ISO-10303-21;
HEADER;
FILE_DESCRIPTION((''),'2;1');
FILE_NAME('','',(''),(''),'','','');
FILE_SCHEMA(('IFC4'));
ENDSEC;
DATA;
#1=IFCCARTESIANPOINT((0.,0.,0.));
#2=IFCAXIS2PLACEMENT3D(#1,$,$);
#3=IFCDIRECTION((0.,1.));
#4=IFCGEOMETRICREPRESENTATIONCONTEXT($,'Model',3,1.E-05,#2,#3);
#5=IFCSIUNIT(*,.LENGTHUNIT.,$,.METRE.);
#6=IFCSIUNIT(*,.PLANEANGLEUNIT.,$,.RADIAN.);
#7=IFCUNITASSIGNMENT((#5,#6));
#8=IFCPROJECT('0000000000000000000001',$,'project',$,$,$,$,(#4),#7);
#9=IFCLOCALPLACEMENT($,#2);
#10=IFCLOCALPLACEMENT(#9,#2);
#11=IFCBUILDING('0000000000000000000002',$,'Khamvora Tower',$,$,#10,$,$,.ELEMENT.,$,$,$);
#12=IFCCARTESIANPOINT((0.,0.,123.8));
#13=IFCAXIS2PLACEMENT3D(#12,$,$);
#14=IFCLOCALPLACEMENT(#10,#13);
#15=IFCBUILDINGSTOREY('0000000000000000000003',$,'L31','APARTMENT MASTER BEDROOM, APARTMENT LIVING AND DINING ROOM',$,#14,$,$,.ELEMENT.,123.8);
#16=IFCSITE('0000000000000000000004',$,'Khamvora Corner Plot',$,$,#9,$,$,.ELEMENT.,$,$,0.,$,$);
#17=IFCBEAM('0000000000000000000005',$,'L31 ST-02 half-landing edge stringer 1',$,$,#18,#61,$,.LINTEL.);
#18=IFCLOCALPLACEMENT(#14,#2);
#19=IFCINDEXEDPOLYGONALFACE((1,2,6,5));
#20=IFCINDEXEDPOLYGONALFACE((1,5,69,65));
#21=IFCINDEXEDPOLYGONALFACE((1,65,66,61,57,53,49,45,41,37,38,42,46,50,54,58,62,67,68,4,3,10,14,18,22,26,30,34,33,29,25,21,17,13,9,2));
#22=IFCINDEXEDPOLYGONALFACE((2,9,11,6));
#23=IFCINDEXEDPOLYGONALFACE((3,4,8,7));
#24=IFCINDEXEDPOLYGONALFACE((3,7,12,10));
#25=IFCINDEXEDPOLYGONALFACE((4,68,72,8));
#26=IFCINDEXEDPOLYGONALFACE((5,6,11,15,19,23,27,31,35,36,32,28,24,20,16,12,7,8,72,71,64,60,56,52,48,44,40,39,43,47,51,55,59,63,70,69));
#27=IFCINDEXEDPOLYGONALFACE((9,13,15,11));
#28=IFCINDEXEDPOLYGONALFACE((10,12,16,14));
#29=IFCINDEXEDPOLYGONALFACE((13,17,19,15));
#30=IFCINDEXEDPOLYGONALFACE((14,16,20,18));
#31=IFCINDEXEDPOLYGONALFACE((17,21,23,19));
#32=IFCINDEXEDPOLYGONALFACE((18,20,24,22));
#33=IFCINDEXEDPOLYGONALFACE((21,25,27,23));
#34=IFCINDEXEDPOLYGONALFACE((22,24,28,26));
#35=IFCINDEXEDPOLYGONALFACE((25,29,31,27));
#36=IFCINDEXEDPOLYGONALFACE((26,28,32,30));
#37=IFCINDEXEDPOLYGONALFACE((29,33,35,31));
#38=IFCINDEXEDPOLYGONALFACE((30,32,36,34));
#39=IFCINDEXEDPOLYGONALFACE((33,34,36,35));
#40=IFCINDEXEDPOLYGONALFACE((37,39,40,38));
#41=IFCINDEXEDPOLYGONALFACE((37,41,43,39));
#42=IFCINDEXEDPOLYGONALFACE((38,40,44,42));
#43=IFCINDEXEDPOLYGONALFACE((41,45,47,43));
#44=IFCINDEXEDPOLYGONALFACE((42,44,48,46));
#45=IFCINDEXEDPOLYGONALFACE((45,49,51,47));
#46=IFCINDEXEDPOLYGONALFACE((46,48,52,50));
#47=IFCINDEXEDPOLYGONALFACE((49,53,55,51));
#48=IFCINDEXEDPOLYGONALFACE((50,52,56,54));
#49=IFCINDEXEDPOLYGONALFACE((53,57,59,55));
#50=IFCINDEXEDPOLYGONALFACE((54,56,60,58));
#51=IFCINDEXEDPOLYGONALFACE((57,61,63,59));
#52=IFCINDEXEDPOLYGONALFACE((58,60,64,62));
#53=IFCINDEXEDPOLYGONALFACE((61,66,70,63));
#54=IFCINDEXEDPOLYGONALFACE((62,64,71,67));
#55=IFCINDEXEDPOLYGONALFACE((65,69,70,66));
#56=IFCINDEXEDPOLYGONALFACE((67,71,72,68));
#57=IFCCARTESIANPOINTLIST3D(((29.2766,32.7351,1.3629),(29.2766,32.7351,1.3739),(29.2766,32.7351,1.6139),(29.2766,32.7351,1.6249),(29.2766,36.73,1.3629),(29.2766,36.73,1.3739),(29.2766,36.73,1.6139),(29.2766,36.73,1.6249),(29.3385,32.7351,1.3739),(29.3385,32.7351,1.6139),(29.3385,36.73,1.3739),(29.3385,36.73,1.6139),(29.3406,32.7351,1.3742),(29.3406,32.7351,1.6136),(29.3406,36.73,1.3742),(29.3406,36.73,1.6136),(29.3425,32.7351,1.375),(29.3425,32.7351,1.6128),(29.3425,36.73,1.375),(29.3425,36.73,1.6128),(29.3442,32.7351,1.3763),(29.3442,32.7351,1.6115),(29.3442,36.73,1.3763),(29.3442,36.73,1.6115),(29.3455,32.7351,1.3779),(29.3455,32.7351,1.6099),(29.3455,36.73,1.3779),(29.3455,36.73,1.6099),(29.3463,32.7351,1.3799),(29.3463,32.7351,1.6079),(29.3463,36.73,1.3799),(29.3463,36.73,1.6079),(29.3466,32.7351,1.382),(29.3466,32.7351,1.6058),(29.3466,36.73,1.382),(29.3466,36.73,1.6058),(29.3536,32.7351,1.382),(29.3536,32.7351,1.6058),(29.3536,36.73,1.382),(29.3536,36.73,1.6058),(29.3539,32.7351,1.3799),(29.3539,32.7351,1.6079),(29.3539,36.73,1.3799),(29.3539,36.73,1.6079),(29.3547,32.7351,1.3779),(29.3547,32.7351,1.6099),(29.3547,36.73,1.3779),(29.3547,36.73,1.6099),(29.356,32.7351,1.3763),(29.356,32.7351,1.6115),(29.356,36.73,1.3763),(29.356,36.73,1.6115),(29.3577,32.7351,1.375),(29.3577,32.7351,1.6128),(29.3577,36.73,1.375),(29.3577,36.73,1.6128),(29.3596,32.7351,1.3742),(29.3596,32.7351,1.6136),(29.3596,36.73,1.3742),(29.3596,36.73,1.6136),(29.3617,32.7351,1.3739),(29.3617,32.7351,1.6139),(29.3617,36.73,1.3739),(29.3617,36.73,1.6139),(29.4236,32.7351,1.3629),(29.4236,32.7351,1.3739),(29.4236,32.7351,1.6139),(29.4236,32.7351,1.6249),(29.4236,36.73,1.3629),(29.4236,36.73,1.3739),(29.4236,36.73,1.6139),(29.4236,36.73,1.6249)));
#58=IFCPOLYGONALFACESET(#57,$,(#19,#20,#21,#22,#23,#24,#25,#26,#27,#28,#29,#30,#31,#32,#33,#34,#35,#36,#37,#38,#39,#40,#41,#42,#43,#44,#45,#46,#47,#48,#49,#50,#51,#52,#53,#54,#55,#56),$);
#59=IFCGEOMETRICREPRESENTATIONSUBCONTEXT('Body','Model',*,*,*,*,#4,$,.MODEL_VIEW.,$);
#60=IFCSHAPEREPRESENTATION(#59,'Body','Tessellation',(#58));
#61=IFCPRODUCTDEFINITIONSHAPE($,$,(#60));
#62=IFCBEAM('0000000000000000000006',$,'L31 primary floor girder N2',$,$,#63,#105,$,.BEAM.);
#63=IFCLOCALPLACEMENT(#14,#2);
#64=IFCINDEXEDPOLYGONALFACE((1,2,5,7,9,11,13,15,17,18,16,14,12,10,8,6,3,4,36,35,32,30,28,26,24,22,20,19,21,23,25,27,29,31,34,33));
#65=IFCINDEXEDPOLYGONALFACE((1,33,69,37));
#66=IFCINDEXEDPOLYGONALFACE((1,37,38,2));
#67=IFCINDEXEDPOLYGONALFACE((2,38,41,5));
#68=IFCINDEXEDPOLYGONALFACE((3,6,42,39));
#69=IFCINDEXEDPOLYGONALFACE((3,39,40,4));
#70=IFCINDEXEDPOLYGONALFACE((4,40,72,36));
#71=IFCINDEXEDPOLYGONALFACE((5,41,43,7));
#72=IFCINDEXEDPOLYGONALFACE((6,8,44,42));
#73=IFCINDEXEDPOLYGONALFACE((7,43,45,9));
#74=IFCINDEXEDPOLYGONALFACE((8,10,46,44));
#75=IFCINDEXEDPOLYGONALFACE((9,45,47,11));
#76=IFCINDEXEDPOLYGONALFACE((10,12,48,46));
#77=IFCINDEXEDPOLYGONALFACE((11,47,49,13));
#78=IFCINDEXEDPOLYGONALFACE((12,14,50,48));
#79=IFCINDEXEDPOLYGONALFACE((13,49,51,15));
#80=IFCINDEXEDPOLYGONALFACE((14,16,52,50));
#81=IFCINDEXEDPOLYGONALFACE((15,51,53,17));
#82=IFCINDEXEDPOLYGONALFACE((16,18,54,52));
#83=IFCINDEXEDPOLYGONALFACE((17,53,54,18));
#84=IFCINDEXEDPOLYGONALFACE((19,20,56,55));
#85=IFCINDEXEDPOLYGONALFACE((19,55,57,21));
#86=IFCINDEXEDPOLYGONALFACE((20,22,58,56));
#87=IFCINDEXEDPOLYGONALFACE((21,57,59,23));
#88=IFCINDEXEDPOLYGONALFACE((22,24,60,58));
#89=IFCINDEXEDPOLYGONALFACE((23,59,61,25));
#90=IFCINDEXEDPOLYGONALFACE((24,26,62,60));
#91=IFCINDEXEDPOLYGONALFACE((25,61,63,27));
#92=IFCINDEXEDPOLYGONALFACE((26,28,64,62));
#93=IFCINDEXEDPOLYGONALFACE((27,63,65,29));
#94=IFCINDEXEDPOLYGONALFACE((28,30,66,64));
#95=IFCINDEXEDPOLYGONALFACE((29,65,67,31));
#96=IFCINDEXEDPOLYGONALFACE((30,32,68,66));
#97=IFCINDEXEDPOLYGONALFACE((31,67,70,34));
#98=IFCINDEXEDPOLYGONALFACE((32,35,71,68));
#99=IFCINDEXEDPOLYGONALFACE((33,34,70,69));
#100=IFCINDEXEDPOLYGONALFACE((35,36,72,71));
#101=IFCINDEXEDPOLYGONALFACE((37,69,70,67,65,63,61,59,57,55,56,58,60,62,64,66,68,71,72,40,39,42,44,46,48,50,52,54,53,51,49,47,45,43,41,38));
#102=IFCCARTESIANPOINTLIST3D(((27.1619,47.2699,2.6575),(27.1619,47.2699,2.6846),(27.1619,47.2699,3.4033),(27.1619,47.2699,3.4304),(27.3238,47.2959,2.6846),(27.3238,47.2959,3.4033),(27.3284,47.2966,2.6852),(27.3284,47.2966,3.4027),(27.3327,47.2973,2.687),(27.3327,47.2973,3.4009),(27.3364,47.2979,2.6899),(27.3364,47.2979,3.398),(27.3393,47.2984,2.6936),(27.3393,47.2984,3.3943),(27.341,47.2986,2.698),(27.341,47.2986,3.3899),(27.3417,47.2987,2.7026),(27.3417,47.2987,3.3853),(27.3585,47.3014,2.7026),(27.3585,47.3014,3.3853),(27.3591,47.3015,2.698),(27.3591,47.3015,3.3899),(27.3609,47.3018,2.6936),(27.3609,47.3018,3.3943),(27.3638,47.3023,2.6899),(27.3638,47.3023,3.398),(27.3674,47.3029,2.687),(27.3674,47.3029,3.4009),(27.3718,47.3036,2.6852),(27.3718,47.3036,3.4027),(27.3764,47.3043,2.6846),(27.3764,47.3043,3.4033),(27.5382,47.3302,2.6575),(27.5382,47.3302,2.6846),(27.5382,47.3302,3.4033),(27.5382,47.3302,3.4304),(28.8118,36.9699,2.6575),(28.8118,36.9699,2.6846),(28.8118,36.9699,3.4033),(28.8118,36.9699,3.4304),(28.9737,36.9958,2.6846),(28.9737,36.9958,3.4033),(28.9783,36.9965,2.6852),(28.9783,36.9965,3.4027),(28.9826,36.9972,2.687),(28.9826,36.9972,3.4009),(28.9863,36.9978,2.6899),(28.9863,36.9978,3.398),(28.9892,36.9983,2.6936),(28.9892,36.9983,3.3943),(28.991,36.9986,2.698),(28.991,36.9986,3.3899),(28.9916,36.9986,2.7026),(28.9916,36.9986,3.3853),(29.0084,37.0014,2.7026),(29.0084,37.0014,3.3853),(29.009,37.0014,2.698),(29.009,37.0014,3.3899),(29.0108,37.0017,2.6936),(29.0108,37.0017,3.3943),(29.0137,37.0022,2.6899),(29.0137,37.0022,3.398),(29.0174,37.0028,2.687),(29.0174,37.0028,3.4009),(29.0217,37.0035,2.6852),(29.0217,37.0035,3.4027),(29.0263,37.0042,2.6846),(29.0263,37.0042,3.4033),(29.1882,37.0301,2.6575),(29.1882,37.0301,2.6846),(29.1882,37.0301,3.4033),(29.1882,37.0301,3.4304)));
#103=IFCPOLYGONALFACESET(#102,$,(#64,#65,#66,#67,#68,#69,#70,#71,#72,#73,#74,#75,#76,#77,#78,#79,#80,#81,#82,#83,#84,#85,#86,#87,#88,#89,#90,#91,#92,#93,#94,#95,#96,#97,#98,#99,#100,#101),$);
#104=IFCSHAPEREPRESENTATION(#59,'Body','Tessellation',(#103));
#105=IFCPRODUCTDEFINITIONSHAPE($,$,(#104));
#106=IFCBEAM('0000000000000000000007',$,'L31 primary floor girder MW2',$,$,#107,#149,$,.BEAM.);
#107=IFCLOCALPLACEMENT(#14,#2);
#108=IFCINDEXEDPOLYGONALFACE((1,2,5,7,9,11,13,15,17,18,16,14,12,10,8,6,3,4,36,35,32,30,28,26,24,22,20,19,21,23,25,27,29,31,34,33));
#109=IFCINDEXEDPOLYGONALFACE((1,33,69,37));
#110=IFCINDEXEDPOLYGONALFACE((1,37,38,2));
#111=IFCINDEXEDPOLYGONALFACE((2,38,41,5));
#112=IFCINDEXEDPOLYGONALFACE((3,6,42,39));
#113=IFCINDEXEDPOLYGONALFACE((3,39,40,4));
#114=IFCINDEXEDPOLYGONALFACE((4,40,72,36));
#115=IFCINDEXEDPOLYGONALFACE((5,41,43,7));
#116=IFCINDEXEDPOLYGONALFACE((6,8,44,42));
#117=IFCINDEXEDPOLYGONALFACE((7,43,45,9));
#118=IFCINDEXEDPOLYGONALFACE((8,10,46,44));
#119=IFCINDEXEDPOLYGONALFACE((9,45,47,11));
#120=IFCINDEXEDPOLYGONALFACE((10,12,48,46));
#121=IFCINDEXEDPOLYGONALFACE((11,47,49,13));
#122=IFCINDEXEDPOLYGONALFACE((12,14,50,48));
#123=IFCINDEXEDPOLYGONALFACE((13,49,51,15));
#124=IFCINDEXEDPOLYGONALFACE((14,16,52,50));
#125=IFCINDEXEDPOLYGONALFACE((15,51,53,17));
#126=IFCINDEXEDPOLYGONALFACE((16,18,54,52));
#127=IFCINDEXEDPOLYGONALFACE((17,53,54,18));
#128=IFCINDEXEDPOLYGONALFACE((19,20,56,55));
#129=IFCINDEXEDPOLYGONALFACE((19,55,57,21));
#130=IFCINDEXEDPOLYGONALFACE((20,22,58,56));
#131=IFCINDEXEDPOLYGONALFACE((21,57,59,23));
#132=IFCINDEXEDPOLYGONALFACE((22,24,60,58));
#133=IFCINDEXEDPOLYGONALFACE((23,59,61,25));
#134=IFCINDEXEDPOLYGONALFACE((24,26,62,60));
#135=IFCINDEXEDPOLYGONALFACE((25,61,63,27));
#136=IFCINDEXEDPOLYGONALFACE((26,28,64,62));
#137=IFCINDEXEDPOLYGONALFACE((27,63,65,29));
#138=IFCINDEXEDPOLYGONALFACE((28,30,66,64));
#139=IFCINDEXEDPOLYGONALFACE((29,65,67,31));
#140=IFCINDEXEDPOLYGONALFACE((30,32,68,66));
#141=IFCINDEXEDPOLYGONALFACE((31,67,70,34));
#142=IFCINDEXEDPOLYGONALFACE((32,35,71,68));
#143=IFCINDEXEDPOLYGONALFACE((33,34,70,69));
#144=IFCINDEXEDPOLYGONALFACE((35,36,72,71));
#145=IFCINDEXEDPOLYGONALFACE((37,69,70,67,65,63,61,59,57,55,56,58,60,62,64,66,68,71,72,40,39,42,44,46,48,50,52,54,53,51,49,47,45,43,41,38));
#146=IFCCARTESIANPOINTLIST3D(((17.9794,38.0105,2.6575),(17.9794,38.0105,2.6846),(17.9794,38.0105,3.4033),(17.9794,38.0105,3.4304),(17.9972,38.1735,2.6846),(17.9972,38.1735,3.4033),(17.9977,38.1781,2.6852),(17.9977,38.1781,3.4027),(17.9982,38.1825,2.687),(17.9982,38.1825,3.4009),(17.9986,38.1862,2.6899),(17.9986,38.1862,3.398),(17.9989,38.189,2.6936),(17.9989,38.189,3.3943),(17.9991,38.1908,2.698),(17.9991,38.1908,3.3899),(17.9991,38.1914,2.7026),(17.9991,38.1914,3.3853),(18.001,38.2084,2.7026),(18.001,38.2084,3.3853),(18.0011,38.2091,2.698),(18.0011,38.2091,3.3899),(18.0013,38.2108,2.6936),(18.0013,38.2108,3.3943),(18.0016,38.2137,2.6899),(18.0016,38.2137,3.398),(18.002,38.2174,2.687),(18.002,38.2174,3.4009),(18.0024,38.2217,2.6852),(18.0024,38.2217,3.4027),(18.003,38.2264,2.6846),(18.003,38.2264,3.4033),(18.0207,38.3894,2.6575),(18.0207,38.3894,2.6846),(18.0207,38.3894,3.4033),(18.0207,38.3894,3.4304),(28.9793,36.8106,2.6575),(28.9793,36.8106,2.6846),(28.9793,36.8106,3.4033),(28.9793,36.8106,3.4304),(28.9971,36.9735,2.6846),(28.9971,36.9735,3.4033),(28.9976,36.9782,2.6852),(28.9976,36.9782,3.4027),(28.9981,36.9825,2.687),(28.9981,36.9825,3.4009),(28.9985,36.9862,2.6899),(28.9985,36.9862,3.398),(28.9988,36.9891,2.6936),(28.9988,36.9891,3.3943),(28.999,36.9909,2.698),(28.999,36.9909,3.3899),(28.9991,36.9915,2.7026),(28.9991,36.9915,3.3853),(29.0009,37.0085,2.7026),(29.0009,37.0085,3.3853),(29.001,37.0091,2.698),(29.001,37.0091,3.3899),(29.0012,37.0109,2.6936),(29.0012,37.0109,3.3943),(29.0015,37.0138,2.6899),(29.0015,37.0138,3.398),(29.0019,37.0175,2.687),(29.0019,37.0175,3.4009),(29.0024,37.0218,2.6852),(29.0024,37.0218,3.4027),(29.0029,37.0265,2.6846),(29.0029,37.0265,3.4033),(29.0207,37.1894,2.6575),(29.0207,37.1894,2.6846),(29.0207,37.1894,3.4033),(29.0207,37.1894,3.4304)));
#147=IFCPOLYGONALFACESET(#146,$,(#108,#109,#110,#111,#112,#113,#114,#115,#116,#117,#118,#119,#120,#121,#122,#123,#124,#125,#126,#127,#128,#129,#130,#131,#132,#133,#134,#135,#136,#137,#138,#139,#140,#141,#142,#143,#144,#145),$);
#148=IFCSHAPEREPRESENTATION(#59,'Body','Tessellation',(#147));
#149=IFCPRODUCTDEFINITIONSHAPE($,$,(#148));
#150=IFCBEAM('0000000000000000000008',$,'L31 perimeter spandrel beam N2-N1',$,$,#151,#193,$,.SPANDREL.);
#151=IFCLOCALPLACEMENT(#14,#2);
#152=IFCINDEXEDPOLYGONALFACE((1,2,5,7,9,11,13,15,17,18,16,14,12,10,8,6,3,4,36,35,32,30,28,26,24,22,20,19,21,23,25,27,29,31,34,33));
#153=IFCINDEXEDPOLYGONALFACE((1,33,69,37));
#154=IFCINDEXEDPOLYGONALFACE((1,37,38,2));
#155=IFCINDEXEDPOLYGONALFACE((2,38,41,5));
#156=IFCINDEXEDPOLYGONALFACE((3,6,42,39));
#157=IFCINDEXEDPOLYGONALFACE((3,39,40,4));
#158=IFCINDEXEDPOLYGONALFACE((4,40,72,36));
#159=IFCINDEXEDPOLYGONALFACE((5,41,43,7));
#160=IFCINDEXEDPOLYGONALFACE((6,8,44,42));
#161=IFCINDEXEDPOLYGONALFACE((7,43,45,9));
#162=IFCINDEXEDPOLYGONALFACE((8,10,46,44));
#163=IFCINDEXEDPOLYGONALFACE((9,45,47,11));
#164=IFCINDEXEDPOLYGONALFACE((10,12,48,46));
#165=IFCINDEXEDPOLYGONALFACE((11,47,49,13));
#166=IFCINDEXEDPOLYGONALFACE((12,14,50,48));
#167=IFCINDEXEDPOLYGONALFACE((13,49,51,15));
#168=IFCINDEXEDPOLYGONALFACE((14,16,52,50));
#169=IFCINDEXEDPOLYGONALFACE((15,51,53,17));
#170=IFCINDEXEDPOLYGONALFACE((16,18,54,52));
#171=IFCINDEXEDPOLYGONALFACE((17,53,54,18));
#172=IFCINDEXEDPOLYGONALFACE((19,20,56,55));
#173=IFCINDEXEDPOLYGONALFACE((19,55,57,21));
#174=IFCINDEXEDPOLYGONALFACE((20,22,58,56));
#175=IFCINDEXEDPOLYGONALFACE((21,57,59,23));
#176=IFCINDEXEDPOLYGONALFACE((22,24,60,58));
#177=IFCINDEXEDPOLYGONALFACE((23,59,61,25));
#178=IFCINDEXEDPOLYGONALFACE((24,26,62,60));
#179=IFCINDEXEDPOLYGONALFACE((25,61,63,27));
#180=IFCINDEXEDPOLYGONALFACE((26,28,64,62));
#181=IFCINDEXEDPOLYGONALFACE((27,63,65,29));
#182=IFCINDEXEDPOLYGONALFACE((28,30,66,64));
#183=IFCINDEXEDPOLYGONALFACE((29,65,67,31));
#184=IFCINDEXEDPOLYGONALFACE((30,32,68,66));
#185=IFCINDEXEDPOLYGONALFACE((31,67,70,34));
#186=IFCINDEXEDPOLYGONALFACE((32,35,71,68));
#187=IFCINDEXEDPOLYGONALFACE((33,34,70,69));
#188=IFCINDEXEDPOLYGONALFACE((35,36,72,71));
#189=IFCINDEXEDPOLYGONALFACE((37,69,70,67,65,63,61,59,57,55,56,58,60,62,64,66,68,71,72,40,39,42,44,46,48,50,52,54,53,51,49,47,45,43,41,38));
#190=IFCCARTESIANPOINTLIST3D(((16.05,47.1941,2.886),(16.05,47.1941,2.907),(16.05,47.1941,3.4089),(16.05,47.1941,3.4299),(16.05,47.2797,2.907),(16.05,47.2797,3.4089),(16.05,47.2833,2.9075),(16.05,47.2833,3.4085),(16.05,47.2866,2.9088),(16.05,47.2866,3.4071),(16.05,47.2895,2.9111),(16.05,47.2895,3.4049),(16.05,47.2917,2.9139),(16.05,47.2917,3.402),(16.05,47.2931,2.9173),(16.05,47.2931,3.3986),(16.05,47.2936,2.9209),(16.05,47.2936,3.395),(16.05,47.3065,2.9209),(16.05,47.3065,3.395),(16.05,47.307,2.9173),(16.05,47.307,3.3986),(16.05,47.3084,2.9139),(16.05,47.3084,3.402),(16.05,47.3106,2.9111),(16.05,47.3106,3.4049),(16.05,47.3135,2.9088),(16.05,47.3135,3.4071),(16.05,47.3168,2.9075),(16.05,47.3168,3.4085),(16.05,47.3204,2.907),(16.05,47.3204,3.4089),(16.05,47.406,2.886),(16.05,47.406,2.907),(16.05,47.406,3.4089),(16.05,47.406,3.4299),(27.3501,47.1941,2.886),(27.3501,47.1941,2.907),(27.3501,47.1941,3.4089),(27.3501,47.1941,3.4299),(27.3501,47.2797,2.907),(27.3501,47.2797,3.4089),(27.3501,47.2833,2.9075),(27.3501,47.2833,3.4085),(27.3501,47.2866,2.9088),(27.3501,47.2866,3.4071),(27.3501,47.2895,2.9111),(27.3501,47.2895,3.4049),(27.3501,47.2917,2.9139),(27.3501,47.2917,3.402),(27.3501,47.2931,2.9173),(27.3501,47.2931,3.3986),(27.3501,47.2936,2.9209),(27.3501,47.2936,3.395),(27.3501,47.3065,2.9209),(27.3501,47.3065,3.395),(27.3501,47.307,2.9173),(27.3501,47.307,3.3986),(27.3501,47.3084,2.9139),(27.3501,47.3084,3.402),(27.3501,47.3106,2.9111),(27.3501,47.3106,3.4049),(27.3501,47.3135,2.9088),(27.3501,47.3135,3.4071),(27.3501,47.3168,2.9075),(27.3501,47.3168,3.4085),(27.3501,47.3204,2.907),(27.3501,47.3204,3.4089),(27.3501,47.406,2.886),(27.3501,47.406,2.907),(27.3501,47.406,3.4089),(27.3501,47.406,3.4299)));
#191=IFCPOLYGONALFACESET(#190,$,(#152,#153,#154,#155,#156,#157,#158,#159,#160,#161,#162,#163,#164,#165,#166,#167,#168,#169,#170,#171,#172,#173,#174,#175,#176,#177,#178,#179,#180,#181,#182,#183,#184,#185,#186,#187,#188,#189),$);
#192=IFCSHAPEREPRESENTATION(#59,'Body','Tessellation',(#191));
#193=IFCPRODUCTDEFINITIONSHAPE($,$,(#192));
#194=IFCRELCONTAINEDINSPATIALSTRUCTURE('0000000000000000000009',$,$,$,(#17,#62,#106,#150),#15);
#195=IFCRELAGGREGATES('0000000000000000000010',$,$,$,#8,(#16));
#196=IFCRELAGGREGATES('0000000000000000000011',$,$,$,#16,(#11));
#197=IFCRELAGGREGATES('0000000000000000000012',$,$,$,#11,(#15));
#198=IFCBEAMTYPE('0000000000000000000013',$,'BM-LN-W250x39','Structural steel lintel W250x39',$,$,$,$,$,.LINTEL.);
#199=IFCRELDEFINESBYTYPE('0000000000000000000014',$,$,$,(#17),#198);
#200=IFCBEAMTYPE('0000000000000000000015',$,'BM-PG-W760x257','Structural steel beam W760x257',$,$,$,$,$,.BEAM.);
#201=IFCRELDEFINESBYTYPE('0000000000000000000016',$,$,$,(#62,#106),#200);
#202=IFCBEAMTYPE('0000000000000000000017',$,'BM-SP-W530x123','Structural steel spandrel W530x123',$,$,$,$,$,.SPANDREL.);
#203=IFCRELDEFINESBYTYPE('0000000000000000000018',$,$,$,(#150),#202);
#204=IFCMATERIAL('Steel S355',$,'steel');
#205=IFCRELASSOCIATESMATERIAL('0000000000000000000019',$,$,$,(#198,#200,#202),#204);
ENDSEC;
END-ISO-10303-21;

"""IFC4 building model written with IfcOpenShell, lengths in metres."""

from ifc_helpers import new_model, si_unit, direction, frame, origin, origin_2d, place, context, subcontext, project, spatial, i_section, extrude, material, material_profile, profile_set, type_object, element, save


model = new_model("IFC4")

# Units and contexts
model_context = context("Model", 3, precision=1e-05, world=origin(), true_north=direction((0.0, 1.0)))
body_context = subcontext(model_context, "Body", "Model", "MODEL_VIEW")
ifc_project = project(units=[si_unit("LENGTHUNIT", "METRE"), si_unit("PLANEANGLEUNIT", "RADIAN")], contexts=[model_context])

# Site, building, storey
site_placement = place(None, origin())
site = spatial("IfcSite", under=ifc_project, at=site_placement, Name="Khamvora Corner Plot", CompositionType="ELEMENT", RefElevation=0.0)
building_placement = place(site_placement, origin())
building = spatial("IfcBuilding", under=site, at=building_placement, Name="Khamvora Tower", CompositionType="ELEMENT")
storey_placement = place(building_placement, frame((0.0, 0.0, 123.8)))
storey = spatial("IfcBuildingStorey", under=building, at=storey_placement, Name="L31", Description="APARTMENT MASTER BEDROOM, APARTMENT LIVING AND DINING ROOM", CompositionType="ELEMENT", Elevation=123.8)

# Shared definitions
ifc_material_1 = material(Name="Steel S355", Category="steel")

# Beams
ifc_material_profile_1 = material_profile(ifc_material_1, i_section(OverallWidth=0.147, OverallDepth=0.262, WebThickness=0.0071, FlangeThickness=0.011, FilletRadius=0.0081, at=origin_2d()), Name="W250x39")
ifc_profile_set_1 = profile_set([ifc_material_profile_1], Name="Steel S355")
beam_type_1 = type_object("IfcBeamType", Name="BM-LN-W250x39", Description="Structural steel lintel W250x39", PredefinedType="LINTEL", material=ifc_profile_set_1)
beam_1_placement = place(storey_placement, frame((29.3501, 32.7351, 1.4939), z_axis=(0.0, 1.0, 0.0), x_axis=(-1.0, 0.0, 0.0)))
element("IfcBeam", 1, at=beam_1_placement, inside=storey, type_object=beam_type_1, Name="L31 ST-02 half-landing edge stringer 1", PredefinedType="LINTEL", context=body_context, shape_type="SweptSolid", body=[
    extrude(i_section(OverallWidth=0.147, OverallDepth=0.262, WebThickness=0.0071, FlangeThickness=0.011, FilletRadius=0.0081, at=origin_2d()), origin(), (0.0, 0.0, 1.0), 3.9949),
])
ifc_material_profile_2 = material_profile(ifc_material_1, i_section(OverallWidth=0.3811, OverallDepth=0.7729, WebThickness=0.0171, FlangeThickness=0.0271, FilletRadius=0.0181, at=origin_2d()), Name="W760x257")
ifc_profile_set_2 = profile_set([ifc_material_profile_2], Name="Steel S355")
beam_type_2 = type_object("IfcBeamType", Name="BM-PG-W760x257", Description="Structural steel beam W760x257", PredefinedType="BEAM", material=ifc_profile_set_2)
beam_2_placement = place(storey_placement, frame((29.0, 37.0, 3.0439), z_axis=(-0.158168, 0.987412, 0.0), x_axis=(-0.987412, -0.158168, 0.0)))
element("IfcBeam", 2, at=beam_2_placement, inside=storey, type_object=beam_type_2, Name="L31 primary floor girder N2", PredefinedType="BEAM", context=body_context, shape_type="SweptSolid", body=[
    extrude(i_section(OverallWidth=0.3811, OverallDepth=0.7729, WebThickness=0.0171, FlangeThickness=0.0271, FilletRadius=0.0181, at=origin_2d()), origin(), (0.0, 0.0, 1.0), 10.4314),
])
beam_3_placement = place(storey_placement, frame((29.0, 37.0, 3.0439), z_axis=(-0.994103, 0.108443, 0.0), x_axis=(-0.108443, -0.994103, 0.0)))
element("IfcBeam", 3, at=beam_3_placement, inside=storey, type_object=beam_type_2, Name="L31 primary floor girder MW2", PredefinedType="BEAM", context=body_context, shape_type="SweptSolid", body=[
    extrude(i_section(OverallWidth=0.3811, OverallDepth=0.7729, WebThickness=0.0171, FlangeThickness=0.0271, FilletRadius=0.0181, at=origin_2d()), origin(), (0.0, 0.0, 1.0), 11.0652),
])
ifc_material_profile_3 = material_profile(ifc_material_1, i_section(OverallWidth=0.2119, OverallDepth=0.5439, WebThickness=0.0129, FlangeThickness=0.021, FilletRadius=0.0139, at=origin_2d()), Name="W530x123")
ifc_profile_set_3 = profile_set([ifc_material_profile_3], Name="Steel S355")
beam_type_3 = type_object("IfcBeamType", Name="BM-SP-W530x123", Description="Structural steel spandrel W530x123", PredefinedType="SPANDREL", material=ifc_profile_set_3)
beam_4_placement = place(storey_placement, frame((27.3501, 47.3, 3.158), z_axis=(-1.0, 0.0, 0.0), x_axis=(0.0, -1.0, 0.0)))
element("IfcBeam", 4, at=beam_4_placement, inside=storey, type_object=beam_type_3, Name="L31 perimeter spandrel beam N2-N1", PredefinedType="SPANDREL", context=body_context, shape_type="SweptSolid", body=[
    extrude(i_section(OverallWidth=0.2119, OverallDepth=0.5439, WebThickness=0.0129, FlangeThickness=0.021, FilletRadius=0.0139, at=origin_2d()), origin(), (0.0, 0.0, 1.0), 11.3),
])

save(model, "model.ifc")
